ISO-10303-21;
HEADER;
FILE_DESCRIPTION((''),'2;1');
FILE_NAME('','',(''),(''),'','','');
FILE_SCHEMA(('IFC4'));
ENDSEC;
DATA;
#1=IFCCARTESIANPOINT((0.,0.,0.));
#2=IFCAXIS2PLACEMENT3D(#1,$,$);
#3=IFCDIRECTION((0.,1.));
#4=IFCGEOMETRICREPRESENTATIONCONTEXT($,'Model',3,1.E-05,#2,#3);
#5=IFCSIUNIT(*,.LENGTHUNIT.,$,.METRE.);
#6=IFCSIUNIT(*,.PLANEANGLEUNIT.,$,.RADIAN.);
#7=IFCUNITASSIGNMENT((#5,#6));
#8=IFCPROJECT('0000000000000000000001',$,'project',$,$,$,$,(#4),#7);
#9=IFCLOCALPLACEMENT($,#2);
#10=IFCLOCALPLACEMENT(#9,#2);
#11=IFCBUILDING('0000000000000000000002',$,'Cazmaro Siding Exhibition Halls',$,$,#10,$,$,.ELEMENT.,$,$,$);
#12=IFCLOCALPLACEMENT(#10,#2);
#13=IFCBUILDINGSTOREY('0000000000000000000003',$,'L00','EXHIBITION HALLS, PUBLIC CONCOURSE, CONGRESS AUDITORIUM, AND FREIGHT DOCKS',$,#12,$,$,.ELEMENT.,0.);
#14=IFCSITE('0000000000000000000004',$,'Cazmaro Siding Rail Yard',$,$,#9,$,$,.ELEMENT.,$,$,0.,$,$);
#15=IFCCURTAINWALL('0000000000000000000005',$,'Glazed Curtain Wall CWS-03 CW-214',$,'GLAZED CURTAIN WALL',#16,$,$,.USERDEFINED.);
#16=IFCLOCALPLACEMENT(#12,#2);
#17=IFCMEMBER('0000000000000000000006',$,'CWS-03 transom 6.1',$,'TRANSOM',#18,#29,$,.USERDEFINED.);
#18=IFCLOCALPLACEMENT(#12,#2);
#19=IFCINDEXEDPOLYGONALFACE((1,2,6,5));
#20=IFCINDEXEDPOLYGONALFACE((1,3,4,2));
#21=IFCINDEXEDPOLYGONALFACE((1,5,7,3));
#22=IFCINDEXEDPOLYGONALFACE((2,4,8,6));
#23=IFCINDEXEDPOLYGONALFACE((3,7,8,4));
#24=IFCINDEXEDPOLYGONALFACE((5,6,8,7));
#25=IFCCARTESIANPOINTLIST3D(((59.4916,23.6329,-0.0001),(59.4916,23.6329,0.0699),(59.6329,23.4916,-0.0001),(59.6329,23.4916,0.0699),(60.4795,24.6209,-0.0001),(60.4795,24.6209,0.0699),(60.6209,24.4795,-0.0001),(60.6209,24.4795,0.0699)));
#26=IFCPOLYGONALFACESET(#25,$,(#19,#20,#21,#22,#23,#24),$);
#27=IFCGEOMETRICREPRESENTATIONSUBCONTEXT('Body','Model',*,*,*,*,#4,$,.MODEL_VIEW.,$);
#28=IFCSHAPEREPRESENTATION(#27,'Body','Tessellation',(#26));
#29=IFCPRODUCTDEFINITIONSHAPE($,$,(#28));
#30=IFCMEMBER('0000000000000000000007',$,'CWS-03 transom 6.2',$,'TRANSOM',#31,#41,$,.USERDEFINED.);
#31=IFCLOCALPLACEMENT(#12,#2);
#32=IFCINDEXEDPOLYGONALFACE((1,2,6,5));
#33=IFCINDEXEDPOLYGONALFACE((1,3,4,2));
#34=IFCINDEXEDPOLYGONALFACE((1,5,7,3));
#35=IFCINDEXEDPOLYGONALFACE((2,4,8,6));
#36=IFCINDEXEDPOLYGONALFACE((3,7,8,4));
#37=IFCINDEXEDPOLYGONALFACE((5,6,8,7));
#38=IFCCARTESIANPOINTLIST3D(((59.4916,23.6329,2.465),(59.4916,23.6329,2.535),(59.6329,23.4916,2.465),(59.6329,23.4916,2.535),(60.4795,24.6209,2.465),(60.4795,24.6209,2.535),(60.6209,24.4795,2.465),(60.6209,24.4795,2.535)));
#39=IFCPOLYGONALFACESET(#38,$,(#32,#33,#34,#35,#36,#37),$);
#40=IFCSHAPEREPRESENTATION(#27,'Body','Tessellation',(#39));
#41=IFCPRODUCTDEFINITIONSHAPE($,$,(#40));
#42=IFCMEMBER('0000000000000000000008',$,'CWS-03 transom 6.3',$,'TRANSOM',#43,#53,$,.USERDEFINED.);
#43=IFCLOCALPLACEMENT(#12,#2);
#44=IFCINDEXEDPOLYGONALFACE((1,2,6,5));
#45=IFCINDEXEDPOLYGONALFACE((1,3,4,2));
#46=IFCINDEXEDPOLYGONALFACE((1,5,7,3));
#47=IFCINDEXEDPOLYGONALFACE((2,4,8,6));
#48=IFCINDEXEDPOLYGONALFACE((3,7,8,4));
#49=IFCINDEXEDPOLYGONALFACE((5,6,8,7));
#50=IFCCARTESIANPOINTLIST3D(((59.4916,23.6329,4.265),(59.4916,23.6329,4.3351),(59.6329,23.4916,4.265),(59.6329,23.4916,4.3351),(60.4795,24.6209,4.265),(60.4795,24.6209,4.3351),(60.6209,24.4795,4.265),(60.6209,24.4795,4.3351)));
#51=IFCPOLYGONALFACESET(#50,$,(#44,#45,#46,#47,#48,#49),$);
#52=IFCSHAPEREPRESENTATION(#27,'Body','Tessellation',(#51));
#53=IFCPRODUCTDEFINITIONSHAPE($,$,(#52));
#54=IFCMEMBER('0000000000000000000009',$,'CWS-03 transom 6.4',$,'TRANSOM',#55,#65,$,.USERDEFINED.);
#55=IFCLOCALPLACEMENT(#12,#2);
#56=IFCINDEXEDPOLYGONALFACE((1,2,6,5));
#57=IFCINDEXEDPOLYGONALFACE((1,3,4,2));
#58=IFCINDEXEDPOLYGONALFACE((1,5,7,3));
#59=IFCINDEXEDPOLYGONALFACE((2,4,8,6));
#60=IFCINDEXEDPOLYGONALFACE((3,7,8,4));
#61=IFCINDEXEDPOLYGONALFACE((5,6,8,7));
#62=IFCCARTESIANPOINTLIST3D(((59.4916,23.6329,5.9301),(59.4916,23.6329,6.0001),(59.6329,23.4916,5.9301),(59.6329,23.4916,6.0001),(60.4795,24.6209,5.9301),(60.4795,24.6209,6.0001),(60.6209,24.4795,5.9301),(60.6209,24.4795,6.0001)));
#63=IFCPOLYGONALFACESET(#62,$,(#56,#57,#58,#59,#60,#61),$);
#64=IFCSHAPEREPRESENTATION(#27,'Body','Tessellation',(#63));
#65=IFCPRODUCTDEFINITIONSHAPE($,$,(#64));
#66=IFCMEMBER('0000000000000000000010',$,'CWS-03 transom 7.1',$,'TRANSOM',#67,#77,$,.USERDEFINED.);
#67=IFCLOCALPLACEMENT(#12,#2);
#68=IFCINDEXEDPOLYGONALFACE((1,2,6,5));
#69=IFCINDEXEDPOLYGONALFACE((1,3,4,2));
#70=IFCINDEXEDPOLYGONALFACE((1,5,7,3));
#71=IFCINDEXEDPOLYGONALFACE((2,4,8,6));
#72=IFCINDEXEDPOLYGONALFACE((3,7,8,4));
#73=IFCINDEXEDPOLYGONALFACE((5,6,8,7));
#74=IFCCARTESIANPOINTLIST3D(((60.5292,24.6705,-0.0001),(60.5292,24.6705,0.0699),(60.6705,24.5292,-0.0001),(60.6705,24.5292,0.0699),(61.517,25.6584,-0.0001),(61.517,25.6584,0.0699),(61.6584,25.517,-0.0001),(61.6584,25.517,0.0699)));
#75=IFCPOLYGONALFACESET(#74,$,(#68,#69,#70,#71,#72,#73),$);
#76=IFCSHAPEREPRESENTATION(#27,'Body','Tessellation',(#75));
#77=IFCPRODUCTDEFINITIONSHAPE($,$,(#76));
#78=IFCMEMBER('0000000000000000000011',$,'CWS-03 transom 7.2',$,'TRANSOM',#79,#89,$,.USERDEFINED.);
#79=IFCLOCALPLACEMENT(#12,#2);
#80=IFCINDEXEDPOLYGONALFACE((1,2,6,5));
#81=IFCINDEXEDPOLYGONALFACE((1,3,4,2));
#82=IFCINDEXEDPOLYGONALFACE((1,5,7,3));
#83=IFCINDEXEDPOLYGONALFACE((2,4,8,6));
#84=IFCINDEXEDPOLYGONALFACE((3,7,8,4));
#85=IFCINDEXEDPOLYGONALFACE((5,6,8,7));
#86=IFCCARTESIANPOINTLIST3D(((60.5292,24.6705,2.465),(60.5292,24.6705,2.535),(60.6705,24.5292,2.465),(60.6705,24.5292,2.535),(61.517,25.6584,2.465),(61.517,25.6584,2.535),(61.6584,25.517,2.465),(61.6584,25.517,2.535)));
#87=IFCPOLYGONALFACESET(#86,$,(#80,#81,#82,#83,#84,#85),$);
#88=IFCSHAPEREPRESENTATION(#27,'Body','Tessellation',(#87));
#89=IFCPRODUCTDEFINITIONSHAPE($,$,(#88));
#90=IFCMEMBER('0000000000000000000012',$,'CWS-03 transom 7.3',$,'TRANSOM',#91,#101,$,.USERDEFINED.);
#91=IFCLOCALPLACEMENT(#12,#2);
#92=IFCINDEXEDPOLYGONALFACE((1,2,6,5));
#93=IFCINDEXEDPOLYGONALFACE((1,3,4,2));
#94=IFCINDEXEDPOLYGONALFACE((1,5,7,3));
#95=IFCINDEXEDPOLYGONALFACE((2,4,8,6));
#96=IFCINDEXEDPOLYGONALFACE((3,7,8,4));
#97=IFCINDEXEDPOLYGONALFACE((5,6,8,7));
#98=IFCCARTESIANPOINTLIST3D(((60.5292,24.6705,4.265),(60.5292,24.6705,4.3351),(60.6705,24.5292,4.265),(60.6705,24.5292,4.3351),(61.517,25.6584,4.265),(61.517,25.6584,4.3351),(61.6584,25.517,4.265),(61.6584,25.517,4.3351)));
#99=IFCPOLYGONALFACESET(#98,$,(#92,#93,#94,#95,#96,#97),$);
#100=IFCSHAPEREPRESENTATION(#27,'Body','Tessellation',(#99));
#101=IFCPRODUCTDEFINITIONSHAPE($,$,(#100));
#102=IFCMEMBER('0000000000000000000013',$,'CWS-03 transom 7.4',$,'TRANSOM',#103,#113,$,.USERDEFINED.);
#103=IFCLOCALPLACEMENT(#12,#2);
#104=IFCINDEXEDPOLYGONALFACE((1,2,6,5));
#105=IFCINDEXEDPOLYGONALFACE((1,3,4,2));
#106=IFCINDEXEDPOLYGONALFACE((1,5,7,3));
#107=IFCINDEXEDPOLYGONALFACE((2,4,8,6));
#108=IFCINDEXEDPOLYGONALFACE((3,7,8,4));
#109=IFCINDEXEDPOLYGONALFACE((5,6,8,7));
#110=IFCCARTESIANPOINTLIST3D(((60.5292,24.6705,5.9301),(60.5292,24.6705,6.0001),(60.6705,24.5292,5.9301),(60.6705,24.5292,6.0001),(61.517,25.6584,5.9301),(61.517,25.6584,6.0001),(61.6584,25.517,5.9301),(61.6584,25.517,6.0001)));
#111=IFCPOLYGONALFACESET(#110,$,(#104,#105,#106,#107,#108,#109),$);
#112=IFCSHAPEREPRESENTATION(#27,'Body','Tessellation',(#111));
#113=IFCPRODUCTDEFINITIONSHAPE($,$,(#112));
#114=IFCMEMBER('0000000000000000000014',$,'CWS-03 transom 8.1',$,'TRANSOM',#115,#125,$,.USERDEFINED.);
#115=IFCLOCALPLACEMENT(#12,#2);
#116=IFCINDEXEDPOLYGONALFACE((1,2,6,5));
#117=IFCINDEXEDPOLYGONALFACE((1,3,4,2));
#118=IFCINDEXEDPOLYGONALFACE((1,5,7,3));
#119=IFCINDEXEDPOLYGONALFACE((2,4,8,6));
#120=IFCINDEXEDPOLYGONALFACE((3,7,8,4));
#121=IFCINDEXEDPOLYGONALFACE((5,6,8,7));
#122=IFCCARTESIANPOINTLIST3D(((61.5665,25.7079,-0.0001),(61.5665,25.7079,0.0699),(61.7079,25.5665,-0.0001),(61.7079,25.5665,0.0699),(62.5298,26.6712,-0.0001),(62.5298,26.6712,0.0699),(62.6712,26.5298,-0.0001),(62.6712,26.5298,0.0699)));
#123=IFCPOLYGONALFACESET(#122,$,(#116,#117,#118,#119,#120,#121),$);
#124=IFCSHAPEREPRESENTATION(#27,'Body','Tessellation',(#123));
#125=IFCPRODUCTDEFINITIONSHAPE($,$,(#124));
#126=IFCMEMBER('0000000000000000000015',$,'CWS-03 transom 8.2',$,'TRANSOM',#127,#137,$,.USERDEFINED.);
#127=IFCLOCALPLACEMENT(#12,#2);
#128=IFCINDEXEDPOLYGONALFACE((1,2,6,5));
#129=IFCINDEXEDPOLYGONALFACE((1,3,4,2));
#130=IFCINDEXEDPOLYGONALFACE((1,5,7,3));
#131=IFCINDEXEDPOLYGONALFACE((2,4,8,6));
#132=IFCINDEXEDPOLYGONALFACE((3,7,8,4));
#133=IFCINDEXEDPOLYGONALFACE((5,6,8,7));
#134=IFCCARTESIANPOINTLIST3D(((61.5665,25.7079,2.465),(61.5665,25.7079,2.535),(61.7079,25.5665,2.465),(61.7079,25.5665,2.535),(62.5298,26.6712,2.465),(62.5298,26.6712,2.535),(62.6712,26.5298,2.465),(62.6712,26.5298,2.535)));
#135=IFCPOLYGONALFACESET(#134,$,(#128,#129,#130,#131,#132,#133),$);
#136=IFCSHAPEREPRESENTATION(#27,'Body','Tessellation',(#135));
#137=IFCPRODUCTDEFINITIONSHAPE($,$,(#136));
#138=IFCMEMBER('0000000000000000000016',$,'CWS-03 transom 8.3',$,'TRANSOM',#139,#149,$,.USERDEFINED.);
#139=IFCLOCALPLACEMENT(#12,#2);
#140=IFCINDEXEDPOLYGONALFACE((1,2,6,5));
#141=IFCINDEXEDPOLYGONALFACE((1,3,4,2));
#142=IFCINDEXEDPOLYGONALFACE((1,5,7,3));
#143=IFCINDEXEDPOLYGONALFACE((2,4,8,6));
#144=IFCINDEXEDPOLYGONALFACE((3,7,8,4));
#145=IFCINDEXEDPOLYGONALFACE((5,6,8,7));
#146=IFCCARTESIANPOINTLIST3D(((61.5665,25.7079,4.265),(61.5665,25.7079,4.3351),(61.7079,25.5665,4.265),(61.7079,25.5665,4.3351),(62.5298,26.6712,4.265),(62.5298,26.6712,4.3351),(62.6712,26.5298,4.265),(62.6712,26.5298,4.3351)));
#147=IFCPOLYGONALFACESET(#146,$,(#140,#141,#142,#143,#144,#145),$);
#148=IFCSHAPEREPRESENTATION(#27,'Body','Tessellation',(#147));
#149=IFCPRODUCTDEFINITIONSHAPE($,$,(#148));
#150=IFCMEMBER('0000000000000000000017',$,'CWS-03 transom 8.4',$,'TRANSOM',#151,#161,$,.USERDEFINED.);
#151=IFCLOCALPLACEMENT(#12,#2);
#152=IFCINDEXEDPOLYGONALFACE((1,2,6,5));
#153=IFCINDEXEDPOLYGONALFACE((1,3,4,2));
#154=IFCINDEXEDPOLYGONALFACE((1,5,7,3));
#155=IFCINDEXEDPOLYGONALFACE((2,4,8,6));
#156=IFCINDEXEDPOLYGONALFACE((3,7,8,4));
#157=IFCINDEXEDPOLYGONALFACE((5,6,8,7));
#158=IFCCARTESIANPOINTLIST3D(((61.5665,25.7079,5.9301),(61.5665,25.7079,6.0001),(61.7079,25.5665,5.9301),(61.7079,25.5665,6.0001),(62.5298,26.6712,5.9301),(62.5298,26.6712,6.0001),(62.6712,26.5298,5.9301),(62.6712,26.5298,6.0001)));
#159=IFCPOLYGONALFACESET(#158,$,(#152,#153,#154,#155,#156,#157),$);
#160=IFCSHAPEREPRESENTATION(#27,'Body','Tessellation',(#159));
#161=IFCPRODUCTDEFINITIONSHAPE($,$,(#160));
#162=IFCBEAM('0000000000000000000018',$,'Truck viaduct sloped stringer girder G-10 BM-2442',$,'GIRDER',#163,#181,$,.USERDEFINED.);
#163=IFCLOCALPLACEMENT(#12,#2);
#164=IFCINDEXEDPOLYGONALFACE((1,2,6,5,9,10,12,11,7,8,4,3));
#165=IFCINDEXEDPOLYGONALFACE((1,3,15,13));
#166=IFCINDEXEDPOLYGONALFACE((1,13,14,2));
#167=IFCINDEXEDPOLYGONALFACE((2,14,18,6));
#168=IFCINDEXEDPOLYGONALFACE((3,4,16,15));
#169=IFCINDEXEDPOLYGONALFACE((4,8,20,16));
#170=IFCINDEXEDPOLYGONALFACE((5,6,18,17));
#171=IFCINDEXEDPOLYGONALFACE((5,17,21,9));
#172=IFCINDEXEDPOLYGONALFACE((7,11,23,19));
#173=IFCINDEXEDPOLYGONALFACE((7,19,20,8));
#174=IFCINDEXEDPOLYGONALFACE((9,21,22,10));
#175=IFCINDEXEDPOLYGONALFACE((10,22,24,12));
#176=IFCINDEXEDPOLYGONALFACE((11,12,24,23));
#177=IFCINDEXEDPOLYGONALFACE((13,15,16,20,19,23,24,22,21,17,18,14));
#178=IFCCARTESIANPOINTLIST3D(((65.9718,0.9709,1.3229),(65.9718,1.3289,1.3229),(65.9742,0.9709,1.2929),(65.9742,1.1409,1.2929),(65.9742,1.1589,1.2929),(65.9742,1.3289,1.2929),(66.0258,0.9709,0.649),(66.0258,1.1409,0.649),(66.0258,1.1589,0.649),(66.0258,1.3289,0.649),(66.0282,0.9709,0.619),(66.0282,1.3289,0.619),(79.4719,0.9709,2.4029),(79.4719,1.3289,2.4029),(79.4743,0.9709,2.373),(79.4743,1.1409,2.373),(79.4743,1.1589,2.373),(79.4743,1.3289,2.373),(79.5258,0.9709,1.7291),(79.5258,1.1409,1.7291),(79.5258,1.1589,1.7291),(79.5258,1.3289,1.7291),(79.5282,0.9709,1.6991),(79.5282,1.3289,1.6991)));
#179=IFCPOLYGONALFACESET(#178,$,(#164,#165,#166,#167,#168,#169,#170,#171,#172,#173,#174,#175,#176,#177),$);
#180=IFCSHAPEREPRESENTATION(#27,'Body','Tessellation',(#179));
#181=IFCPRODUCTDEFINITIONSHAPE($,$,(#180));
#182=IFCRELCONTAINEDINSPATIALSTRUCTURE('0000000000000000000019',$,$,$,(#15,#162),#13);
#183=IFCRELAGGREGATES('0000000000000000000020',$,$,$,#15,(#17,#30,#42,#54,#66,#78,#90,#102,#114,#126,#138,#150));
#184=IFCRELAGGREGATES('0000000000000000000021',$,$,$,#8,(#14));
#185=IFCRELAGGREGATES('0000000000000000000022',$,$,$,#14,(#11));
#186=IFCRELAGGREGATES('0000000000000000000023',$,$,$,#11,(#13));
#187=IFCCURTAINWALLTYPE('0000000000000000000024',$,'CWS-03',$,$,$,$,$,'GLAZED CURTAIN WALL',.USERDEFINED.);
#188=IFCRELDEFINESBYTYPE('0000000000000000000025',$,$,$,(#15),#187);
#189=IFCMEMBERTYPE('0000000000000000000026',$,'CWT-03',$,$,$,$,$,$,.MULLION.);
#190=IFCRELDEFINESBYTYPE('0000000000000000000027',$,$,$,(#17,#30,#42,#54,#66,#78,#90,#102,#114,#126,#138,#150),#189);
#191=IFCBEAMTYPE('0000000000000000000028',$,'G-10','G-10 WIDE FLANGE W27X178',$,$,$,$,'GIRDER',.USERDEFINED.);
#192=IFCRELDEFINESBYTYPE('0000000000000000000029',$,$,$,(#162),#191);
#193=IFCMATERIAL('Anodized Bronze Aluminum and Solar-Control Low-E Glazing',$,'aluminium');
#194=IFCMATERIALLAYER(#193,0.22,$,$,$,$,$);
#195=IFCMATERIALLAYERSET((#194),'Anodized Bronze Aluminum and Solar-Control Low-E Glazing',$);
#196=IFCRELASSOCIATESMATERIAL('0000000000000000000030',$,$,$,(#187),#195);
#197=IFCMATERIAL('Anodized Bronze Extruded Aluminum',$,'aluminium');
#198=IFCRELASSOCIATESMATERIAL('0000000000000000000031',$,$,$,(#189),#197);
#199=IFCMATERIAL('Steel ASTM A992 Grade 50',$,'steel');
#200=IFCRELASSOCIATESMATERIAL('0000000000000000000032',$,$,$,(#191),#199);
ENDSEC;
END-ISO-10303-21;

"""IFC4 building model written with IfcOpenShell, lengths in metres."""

from ifc_helpers import new_model, si_unit, direction, frame, origin, origin_2d, place, context, subcontext, project, spatial, rectangle, i_section, extrude, material, layer, layer_set, material_profile, profile_set, type_object, element, aggregate, save


model = new_model("IFC4")

# Units and contexts
model_context = context("Model", 3, precision=1e-05, world=origin(), true_north=direction((0.0, 1.0)))
body_context = subcontext(model_context, "Body", "Model", "MODEL_VIEW")
ifc_project = project(units=[si_unit("LENGTHUNIT", "METRE"), si_unit("PLANEANGLEUNIT", "RADIAN")], contexts=[model_context])

# Site, building, storey
site_placement = place(None, origin())
site = spatial("IfcSite", under=ifc_project, at=site_placement, Name="Cazmaro Siding Rail Yard", CompositionType="ELEMENT", RefElevation=0.0)
building_placement = place(site_placement, origin())
building = spatial("IfcBuilding", under=site, at=building_placement, Name="Cazmaro Siding Exhibition Halls", CompositionType="ELEMENT")
storey_placement = place(building_placement, origin())
storey = spatial("IfcBuildingStorey", under=building, at=storey_placement, Name="L00", Description="EXHIBITION HALLS, PUBLIC CONCOURSE, CONGRESS AUDITORIUM, AND FREIGHT DOCKS", CompositionType="ELEMENT", Elevation=0.0)

# Curtain wall, members
ifc_material_1 = material(Name="Anodized Bronze Aluminum and Solar-Control Low-E Glazing", Category="aluminium")
ifc_layer_1 = layer(ifc_material_1, 0.22)
ifc_layer_set_1 = layer_set([ifc_layer_1], Name="Anodized Bronze Aluminum and Solar-Control Low-E Glazing")
curtain_wall_type = type_object("IfcCurtainWallType", Name="CWS-03", ElementType="GLAZED CURTAIN WALL", PredefinedType="USERDEFINED", material=ifc_layer_set_1)
curtain_wall_placement = place(storey_placement, origin())
curtain_wall = element("IfcCurtainWall", 1, at=curtain_wall_placement, inside=storey, type_object=curtain_wall_type, Name="Glazed Curtain Wall CWS-03 CW-214", ObjectType="GLAZED CURTAIN WALL", PredefinedType="USERDEFINED")
ifc_material_2 = material(Name="Anodized Bronze Extruded Aluminum", Category="aluminium")
ifc_material_profile_1 = material_profile(ifc_material_2, rectangle(XDim=0.2, YDim=0.0701, at=origin_2d()), Name="CWT-03")
ifc_profile_set_1 = profile_set([ifc_material_profile_1], Name="Anodized Bronze Extruded Aluminum")
member_type_1 = type_object("IfcMemberType", Name="CWT-03", PredefinedType="MULLION", material=ifc_profile_set_1)
member_1_placement = place(storey_placement, frame((59.5623, 23.5623, 0.0349), z_axis=(0.707107, 0.707107, 0.0), x_axis=(-0.707107, 0.707107, 0.0)))
member_1 = element("IfcMember", 2, at=member_1_placement, type_object=member_type_1, Name="CWS-03 transom 6.1", ObjectType="TRANSOM", PredefinedType="USERDEFINED", context=body_context, shape_type="SweptSolid", body=[
    extrude(rectangle(XDim=0.2, YDim=0.0701, at=origin_2d()), origin(), (0.0, 0.0, 1.0), 1.3972),
])
member_2_placement = place(storey_placement, frame((59.5623, 23.5623, 2.5), z_axis=(0.707107, 0.707107, 0.0), x_axis=(-0.707107, 0.707107, 0.0)))
member_2 = element("IfcMember", 3, at=member_2_placement, type_object=member_type_1, Name="CWS-03 transom 6.2", ObjectType="TRANSOM", PredefinedType="USERDEFINED", context=body_context, shape_type="SweptSolid", body=[
    extrude(rectangle(XDim=0.2, YDim=0.0701, at=origin_2d()), origin(), (0.0, 0.0, 1.0), 1.3972),
])
member_3_placement = place(storey_placement, frame((59.5623, 23.5623, 4.3), z_axis=(0.707107, 0.707107, 0.0), x_axis=(-0.707107, 0.707107, 0.0)))
member_3 = element("IfcMember", 4, at=member_3_placement, type_object=member_type_1, Name="CWS-03 transom 6.3", ObjectType="TRANSOM", PredefinedType="USERDEFINED", context=body_context, shape_type="SweptSolid", body=[
    extrude(rectangle(XDim=0.2, YDim=0.0701, at=origin_2d()), origin(), (0.0, 0.0, 1.0), 1.3972),
])
member_4_placement = place(storey_placement, frame((59.5623, 23.5623, 5.9651), z_axis=(0.707107, 0.707107, 0.0), x_axis=(-0.707107, 0.707107, 0.0)))
member_4 = element("IfcMember", 5, at=member_4_placement, type_object=member_type_1, Name="CWS-03 transom 6.4", ObjectType="TRANSOM", PredefinedType="USERDEFINED", context=body_context, shape_type="SweptSolid", body=[
    extrude(rectangle(XDim=0.2, YDim=0.0701, at=origin_2d()), origin(), (0.0, 0.0, 1.0), 1.3972),
])
member_5_placement = place(storey_placement, frame((60.5999, 24.5999, 0.0349), z_axis=(0.707107, 0.707107, 0.0), x_axis=(-0.707107, 0.707107, 0.0)))
member_5 = element("IfcMember", 6, at=member_5_placement, type_object=member_type_1, Name="CWS-03 transom 7.1", ObjectType="TRANSOM", PredefinedType="USERDEFINED", context=body_context, shape_type="SweptSolid", body=[
    extrude(rectangle(XDim=0.2, YDim=0.0701, at=origin_2d()), origin(), (0.0, 0.0, 1.0), 1.397),
])
member_6_placement = place(storey_placement, frame((60.5999, 24.5999, 2.5), z_axis=(0.707107, 0.707107, 0.0), x_axis=(-0.707107, 0.707107, 0.0)))
member_6 = element("IfcMember", 7, at=member_6_placement, type_object=member_type_1, Name="CWS-03 transom 7.2", ObjectType="TRANSOM", PredefinedType="USERDEFINED", context=body_context, shape_type="SweptSolid", body=[
    extrude(rectangle(XDim=0.2, YDim=0.0701, at=origin_2d()), origin(), (0.0, 0.0, 1.0), 1.397),
])
member_7_placement = place(storey_placement, frame((60.5999, 24.5999, 4.3), z_axis=(0.707107, 0.707107, 0.0), x_axis=(-0.707107, 0.707107, 0.0)))
member_7 = element("IfcMember", 8, at=member_7_placement, type_object=member_type_1, Name="CWS-03 transom 7.3", ObjectType="TRANSOM", PredefinedType="USERDEFINED", context=body_context, shape_type="SweptSolid", body=[
    extrude(rectangle(XDim=0.2, YDim=0.0701, at=origin_2d()), origin(), (0.0, 0.0, 1.0), 1.397),
])
member_8_placement = place(storey_placement, frame((60.5999, 24.5999, 5.9651), z_axis=(0.707107, 0.707107, 0.0), x_axis=(-0.707107, 0.707107, 0.0)))
member_8 = element("IfcMember", 9, at=member_8_placement, type_object=member_type_1, Name="CWS-03 transom 7.4", ObjectType="TRANSOM", PredefinedType="USERDEFINED", context=body_context, shape_type="SweptSolid", body=[
    extrude(rectangle(XDim=0.2, YDim=0.0701, at=origin_2d()), origin(), (0.0, 0.0, 1.0), 1.397),
])
member_9_placement = place(storey_placement, frame((61.6372, 25.6372, 0.0349), z_axis=(0.707107, 0.707107, 0.0), x_axis=(-0.707107, 0.707107, 0.0)))
member_9 = element("IfcMember", 10, at=member_9_placement, type_object=member_type_1, Name="CWS-03 transom 8.1", ObjectType="TRANSOM", PredefinedType="USERDEFINED", context=body_context, shape_type="SweptSolid", body=[
    extrude(rectangle(XDim=0.2, YDim=0.0701, at=origin_2d()), origin(), (0.0, 0.0, 1.0), 1.3623),
])
member_10_placement = place(storey_placement, frame((61.6372, 25.6372, 2.5), z_axis=(0.707107, 0.707107, 0.0), x_axis=(-0.707107, 0.707107, 0.0)))
member_10 = element("IfcMember", 11, at=member_10_placement, type_object=member_type_1, Name="CWS-03 transom 8.2", ObjectType="TRANSOM", PredefinedType="USERDEFINED", context=body_context, shape_type="SweptSolid", body=[
    extrude(rectangle(XDim=0.2, YDim=0.0701, at=origin_2d()), origin(), (0.0, 0.0, 1.0), 1.3623),
])
member_11_placement = place(storey_placement, frame((61.6372, 25.6372, 4.3), z_axis=(0.707107, 0.707107, 0.0), x_axis=(-0.707107, 0.707107, 0.0)))
member_11 = element("IfcMember", 12, at=member_11_placement, type_object=member_type_1, Name="CWS-03 transom 8.3", ObjectType="TRANSOM", PredefinedType="USERDEFINED", context=body_context, shape_type="SweptSolid", body=[
    extrude(rectangle(XDim=0.2, YDim=0.0701, at=origin_2d()), origin(), (0.0, 0.0, 1.0), 1.3623),
])
member_12_placement = place(storey_placement, frame((61.6372, 25.6372, 5.9651), z_axis=(0.707107, 0.707107, 0.0), x_axis=(-0.707107, 0.707107, 0.0)))
member_12 = element("IfcMember", 13, at=member_12_placement, type_object=member_type_1, Name="CWS-03 transom 8.4", ObjectType="TRANSOM", PredefinedType="USERDEFINED", context=body_context, shape_type="SweptSolid", body=[
    extrude(rectangle(XDim=0.2, YDim=0.0701, at=origin_2d()), origin(), (0.0, 0.0, 1.0), 1.3623),
])

# Beam
ifc_material_3 = material(Name="Steel ASTM A992 Grade 50", Category="steel")
ifc_material_profile_2 = material_profile(ifc_material_3, i_section(OverallWidth=0.3579, OverallDepth=0.7061, WebThickness=0.0181, FlangeThickness=0.03, at=origin_2d()), Name="W27X178")
ifc_profile_set_2 = profile_set([ifc_material_profile_2], Name="Steel ASTM A992 Grade 50")
beam_type_1 = type_object("IfcBeamType", Name="G-10", Description="G-10 WIDE FLANGE W27X178", ElementType="GIRDER", PredefinedType="USERDEFINED", material=ifc_profile_set_2)
for number, where, z_axis, x_axis, name in (
    (14, (66.0, 1.1499, 0.9709), (0.996815, 0.0, 0.079751), (0.0, 1.0, 0.0), "Truck viaduct sloped stringer girder G-10 BM-2442"),
):
    element("IfcBeam", number, at=place(storey_placement, frame(where, z_axis=z_axis, x_axis=x_axis)), inside=storey, type_object=beam_type_1, Name=name, ObjectType="GIRDER", PredefinedType="USERDEFINED", context=body_context, shape_type="SweptSolid", body=[
        extrude(i_section(OverallWidth=0.3579, OverallDepth=0.7061, WebThickness=0.0181, FlangeThickness=0.03, at=origin_2d()), origin(), (0.0, 0.0, 1.0), 13.5432),
    ])

aggregate(curtain_wall, [member_1, member_2, member_3, member_4, member_5, member_6, member_7, member_8, member_9, member_10, member_11, member_12])

save(model, "model.ifc")
